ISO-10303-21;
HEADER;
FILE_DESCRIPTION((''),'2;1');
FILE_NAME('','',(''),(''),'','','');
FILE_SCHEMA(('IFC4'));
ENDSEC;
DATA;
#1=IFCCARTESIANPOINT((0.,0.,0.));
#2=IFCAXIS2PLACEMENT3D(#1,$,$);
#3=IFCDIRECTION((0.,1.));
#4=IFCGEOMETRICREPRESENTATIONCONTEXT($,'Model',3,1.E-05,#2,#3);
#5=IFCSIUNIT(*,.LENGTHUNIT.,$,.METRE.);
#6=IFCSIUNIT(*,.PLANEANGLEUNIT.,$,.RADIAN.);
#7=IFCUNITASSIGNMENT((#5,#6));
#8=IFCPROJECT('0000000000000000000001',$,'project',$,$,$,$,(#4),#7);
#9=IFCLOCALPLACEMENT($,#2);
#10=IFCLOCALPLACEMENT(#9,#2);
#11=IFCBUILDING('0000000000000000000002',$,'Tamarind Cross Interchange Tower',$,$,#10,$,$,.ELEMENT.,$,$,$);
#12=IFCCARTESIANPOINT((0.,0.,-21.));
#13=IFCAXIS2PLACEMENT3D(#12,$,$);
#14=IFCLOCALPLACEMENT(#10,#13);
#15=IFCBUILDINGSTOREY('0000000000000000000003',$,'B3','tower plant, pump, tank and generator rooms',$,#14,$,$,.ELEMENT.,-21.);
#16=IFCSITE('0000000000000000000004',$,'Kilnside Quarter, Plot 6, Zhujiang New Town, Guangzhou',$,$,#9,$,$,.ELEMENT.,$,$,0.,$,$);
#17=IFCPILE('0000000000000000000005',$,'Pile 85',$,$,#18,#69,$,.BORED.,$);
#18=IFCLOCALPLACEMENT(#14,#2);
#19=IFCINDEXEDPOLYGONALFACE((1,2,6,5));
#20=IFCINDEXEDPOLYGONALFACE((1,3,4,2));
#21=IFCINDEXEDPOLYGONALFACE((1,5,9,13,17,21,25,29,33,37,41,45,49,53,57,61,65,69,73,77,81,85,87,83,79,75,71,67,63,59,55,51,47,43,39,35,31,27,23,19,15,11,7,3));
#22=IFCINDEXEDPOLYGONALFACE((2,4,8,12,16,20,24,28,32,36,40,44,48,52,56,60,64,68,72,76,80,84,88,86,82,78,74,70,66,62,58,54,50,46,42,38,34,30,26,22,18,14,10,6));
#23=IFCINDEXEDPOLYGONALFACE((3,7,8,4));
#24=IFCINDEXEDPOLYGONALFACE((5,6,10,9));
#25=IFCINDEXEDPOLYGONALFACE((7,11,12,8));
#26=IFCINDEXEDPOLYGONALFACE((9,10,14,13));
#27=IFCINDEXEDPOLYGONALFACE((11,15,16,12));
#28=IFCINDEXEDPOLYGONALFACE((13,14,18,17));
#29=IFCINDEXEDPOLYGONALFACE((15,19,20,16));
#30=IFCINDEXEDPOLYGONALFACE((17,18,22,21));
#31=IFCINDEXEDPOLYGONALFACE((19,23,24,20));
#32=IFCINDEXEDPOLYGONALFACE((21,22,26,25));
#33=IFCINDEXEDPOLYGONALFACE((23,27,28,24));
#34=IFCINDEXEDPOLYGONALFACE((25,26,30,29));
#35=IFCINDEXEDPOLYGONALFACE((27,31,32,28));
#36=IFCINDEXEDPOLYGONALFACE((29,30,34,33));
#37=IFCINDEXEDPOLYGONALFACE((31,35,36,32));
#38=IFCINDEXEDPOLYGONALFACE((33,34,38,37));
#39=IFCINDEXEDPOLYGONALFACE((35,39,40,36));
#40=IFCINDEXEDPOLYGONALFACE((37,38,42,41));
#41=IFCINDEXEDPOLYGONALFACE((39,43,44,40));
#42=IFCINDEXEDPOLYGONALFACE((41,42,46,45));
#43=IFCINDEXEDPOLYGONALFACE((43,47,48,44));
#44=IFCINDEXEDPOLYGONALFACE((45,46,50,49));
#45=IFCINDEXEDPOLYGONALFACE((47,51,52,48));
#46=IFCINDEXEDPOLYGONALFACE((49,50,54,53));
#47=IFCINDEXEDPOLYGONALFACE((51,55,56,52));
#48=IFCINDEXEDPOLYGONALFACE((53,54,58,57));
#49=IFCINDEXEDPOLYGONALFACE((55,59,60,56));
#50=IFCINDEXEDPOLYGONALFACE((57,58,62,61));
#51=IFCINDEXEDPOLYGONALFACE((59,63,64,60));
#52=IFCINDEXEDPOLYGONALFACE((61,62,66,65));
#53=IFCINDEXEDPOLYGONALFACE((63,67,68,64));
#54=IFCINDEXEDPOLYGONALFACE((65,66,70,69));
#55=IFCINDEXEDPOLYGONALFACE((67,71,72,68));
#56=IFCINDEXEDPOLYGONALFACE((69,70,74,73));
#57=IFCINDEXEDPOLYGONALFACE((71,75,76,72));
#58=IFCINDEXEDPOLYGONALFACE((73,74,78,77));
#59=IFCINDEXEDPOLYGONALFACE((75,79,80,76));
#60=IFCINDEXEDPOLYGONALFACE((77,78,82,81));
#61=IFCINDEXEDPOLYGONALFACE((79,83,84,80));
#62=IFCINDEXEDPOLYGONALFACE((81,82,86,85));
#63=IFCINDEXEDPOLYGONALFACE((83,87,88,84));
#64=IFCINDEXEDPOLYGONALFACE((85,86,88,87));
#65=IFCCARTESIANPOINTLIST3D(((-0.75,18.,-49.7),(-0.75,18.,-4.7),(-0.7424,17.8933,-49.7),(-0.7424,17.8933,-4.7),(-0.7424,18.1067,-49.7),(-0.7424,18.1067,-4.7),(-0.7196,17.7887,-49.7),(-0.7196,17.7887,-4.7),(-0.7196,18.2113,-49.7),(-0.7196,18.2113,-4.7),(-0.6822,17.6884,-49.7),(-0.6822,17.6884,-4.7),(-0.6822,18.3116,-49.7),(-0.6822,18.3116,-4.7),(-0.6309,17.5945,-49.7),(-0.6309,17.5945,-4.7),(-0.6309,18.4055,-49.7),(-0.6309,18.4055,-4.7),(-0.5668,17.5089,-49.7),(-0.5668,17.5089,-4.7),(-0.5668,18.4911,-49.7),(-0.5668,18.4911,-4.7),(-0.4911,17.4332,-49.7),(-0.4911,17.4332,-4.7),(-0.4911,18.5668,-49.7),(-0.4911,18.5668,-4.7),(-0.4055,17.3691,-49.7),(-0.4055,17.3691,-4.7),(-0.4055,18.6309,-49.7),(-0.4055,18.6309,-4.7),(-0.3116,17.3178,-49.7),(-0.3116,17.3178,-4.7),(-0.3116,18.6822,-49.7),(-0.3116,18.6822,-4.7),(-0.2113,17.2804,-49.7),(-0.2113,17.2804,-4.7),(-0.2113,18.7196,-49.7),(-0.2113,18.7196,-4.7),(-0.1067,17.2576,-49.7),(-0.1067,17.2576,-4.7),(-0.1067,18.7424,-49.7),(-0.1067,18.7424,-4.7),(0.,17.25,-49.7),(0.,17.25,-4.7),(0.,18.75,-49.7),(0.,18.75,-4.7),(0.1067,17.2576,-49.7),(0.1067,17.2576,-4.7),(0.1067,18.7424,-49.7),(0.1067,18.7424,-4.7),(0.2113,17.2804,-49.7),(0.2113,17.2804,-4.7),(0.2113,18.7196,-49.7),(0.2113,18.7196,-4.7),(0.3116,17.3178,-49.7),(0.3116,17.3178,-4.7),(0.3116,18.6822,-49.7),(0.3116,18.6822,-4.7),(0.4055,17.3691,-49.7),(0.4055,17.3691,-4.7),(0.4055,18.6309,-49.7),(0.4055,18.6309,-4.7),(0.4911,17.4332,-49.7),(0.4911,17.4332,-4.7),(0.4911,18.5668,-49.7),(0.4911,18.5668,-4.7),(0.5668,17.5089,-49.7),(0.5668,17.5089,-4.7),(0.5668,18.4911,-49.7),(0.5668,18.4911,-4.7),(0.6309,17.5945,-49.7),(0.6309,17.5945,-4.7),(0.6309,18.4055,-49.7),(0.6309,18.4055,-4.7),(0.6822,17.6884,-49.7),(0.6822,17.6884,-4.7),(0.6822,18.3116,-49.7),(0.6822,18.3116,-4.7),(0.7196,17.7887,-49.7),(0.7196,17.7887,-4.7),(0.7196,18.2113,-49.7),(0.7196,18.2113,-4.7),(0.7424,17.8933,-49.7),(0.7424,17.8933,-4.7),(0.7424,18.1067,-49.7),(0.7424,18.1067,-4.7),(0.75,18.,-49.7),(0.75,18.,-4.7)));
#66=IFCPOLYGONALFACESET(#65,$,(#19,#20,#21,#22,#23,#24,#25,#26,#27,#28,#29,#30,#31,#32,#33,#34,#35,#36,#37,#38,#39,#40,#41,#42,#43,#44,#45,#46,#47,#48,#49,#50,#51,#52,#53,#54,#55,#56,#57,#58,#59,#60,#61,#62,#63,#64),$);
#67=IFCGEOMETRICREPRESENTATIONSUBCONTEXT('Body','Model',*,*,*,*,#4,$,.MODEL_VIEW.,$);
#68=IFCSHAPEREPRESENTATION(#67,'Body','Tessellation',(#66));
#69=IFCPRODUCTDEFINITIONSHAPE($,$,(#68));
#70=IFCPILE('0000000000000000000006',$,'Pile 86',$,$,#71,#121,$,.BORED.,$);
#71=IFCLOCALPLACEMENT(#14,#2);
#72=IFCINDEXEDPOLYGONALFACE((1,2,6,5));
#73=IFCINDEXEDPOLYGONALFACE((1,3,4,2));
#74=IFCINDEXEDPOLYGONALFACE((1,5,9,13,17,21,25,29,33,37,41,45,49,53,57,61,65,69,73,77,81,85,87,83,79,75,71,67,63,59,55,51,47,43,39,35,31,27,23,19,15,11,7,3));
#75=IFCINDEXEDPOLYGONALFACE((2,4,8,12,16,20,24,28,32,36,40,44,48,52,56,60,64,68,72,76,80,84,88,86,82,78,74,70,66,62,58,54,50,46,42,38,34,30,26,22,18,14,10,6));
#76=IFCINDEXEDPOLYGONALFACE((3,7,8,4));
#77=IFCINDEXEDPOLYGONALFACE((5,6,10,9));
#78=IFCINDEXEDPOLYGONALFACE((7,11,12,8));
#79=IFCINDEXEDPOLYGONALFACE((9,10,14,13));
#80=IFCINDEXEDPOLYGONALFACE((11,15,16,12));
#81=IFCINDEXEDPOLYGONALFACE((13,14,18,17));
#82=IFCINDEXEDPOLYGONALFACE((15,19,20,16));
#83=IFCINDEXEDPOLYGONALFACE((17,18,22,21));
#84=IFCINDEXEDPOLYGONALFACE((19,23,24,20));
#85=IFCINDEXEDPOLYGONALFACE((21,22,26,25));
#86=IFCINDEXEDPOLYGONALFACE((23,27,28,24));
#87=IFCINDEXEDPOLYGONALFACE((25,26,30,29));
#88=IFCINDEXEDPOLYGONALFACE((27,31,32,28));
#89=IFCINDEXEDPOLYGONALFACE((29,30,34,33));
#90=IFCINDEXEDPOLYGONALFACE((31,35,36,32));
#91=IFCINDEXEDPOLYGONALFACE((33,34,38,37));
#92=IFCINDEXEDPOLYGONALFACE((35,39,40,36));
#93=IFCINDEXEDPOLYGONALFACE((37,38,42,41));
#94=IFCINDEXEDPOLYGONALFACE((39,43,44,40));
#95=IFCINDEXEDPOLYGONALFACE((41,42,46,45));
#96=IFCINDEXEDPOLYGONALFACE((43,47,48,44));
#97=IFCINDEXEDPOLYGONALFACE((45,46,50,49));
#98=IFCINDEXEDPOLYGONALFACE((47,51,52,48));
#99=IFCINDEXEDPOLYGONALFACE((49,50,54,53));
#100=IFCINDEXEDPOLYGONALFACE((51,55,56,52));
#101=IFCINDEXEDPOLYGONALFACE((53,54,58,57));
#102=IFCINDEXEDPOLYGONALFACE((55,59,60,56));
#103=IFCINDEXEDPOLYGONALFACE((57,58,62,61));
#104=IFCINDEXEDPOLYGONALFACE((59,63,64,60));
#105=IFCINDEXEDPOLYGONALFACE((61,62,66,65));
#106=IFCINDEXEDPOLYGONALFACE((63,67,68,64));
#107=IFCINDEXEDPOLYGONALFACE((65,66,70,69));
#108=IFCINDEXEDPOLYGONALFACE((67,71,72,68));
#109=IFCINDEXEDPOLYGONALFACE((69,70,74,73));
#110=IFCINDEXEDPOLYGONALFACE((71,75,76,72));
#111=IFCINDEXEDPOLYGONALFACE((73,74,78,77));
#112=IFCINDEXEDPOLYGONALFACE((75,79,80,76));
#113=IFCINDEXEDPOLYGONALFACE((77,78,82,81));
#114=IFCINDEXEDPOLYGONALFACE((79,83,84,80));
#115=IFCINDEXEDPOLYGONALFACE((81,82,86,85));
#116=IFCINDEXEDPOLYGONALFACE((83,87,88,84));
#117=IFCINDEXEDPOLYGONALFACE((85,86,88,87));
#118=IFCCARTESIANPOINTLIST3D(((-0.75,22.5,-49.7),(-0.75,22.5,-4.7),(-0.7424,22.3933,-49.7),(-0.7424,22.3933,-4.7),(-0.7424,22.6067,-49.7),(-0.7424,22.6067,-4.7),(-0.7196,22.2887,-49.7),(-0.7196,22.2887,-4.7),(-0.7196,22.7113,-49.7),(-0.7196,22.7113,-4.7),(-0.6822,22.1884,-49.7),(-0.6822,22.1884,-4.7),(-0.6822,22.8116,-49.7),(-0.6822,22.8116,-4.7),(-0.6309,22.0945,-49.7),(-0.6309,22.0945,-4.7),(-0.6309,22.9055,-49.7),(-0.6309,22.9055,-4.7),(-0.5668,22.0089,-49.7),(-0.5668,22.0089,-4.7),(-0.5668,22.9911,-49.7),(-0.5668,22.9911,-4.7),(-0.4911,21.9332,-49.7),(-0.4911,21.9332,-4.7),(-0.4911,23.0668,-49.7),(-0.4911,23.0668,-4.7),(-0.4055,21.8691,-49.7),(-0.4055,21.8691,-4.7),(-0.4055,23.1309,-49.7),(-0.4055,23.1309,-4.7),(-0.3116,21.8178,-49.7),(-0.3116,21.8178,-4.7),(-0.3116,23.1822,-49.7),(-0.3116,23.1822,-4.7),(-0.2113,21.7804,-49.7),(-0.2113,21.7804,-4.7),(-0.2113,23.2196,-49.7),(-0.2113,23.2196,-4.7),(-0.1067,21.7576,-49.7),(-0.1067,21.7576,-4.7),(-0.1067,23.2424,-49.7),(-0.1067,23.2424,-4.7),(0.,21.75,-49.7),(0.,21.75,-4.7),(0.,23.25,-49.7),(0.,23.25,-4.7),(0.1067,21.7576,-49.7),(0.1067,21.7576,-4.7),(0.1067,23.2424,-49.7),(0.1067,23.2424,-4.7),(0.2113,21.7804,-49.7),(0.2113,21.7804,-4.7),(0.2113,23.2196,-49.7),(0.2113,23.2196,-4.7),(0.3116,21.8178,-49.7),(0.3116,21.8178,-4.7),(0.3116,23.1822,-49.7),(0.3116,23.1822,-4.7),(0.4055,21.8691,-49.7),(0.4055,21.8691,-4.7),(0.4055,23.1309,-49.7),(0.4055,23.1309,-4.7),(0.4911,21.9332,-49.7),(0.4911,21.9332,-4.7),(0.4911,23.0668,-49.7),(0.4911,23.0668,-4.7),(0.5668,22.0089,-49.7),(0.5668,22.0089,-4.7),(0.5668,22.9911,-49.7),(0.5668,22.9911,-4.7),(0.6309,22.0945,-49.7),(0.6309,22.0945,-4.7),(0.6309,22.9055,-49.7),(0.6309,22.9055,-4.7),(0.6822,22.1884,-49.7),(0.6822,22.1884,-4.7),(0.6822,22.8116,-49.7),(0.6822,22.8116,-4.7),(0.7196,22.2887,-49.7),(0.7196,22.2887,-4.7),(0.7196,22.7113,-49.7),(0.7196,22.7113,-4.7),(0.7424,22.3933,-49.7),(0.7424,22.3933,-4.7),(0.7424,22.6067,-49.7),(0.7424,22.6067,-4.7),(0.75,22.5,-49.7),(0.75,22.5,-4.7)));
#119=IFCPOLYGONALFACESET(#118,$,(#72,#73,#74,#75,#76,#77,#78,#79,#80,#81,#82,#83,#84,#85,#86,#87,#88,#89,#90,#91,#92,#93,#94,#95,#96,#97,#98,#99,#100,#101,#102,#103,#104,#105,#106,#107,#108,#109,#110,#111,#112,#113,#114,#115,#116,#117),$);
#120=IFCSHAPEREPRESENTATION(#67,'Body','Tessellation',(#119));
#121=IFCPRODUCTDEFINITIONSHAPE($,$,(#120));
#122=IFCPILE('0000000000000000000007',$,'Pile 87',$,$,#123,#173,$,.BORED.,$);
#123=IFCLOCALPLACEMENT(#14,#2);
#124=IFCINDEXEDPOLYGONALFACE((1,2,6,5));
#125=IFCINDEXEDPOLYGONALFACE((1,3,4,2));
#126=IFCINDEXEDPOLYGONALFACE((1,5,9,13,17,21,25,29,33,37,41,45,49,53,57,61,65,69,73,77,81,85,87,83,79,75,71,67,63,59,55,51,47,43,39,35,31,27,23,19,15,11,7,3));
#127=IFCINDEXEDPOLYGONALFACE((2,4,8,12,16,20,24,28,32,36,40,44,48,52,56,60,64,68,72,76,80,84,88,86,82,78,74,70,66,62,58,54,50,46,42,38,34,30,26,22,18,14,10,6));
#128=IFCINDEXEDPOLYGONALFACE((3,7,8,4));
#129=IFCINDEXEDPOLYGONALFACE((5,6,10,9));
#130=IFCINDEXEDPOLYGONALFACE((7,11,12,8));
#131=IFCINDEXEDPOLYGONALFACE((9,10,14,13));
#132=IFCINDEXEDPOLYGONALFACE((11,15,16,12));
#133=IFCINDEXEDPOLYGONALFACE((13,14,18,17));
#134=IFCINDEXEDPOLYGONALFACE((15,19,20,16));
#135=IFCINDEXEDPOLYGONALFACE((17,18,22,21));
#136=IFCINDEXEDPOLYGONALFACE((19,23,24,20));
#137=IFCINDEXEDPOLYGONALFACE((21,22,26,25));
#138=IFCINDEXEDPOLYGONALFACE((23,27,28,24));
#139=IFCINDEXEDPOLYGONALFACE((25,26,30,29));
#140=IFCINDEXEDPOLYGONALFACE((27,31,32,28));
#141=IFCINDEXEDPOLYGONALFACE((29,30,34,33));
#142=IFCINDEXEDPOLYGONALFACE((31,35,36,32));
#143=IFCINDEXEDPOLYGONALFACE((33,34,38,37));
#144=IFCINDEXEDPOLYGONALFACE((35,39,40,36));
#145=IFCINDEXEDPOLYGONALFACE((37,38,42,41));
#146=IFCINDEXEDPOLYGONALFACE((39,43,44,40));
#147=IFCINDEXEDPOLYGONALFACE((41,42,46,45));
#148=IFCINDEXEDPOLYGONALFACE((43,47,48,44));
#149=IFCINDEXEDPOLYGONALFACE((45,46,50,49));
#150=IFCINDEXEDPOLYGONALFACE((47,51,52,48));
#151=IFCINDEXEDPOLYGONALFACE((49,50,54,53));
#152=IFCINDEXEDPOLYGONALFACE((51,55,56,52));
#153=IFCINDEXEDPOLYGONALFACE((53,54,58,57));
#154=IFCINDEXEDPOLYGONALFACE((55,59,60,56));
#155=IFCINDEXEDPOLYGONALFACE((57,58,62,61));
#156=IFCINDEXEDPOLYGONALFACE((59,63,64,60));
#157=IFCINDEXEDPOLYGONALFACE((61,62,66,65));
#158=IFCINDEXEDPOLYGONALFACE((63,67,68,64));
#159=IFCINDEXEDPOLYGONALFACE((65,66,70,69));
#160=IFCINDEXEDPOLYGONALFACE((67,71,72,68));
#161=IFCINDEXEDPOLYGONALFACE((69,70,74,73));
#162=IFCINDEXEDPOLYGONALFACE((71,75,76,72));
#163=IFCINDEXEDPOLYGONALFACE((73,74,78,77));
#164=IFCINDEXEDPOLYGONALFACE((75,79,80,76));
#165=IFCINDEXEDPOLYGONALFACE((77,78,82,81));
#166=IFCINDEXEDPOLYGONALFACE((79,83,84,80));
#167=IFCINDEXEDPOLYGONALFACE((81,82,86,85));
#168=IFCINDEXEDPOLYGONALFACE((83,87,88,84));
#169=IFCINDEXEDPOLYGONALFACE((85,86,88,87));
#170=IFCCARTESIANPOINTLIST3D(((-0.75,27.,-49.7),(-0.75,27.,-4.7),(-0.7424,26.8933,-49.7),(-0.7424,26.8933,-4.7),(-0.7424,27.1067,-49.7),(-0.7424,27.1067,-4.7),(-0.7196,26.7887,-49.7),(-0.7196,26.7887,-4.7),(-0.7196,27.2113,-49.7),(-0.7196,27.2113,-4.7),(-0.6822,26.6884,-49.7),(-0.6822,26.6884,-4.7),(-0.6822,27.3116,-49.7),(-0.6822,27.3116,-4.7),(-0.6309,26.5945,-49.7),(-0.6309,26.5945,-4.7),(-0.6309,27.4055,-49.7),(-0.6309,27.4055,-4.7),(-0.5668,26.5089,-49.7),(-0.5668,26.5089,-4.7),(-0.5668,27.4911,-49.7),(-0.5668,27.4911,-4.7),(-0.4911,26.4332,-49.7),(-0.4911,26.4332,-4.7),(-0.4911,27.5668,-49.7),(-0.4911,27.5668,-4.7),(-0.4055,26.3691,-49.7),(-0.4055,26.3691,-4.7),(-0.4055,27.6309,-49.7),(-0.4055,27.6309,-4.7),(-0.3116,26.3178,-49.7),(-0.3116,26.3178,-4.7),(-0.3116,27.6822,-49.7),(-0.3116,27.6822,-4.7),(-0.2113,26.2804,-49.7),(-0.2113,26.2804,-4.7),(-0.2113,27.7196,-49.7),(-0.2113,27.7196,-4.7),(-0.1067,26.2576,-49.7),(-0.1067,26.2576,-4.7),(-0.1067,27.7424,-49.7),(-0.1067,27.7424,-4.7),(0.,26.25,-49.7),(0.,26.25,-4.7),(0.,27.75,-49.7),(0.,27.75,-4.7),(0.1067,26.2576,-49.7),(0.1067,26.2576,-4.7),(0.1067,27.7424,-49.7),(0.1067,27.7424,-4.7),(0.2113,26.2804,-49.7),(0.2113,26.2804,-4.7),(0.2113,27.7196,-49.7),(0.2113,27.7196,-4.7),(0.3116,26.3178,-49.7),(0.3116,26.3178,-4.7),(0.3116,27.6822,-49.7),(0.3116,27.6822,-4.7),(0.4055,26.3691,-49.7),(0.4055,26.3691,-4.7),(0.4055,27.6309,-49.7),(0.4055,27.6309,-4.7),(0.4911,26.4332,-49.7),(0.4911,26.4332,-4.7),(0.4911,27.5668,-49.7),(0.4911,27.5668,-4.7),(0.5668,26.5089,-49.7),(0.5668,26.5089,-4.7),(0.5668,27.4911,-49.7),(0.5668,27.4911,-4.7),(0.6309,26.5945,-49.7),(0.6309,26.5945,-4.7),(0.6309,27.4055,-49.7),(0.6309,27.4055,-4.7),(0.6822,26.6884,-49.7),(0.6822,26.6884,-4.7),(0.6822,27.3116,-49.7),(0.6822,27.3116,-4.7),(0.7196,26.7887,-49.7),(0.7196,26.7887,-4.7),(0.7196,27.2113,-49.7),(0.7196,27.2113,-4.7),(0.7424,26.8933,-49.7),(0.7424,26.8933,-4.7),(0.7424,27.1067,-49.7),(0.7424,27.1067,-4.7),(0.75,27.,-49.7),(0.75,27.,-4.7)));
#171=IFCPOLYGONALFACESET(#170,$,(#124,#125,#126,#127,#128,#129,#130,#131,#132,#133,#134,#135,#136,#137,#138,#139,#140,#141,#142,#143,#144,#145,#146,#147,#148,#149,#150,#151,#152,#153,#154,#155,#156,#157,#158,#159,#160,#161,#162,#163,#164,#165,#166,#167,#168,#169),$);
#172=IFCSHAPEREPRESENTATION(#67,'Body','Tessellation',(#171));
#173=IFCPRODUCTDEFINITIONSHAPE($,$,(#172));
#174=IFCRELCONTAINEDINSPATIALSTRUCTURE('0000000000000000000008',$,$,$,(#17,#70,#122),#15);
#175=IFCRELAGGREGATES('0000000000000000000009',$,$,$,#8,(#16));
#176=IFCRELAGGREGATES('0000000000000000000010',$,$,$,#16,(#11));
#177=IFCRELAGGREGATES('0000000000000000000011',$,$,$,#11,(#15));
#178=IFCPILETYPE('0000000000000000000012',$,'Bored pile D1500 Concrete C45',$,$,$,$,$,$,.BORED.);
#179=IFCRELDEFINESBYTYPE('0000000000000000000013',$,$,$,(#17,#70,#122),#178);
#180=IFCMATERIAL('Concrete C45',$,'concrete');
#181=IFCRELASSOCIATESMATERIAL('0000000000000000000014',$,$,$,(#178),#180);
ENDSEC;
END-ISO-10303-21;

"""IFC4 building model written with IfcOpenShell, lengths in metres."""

from ifc_helpers import new_model, si_unit, direction, frame, origin, origin_2d, place, context, subcontext, project, spatial, circle, extrude, material, material_profile, profile_set, type_object, element, save


model = new_model("IFC4")

# Units and contexts
model_context = context("Model", 3, precision=1e-05, world=origin(), true_north=direction((0.0, 1.0)))
body_context = subcontext(model_context, "Body", "Model", "MODEL_VIEW")
ifc_project = project(units=[si_unit("LENGTHUNIT", "METRE"), si_unit("PLANEANGLEUNIT", "RADIAN")], contexts=[model_context])

# Site, building, storey
site_placement = place(None, origin())
site = spatial("IfcSite", under=ifc_project, at=site_placement, Name="Kilnside Quarter, Plot 6, Zhujiang New Town, Guangzhou", CompositionType="ELEMENT", RefElevation=0.0)
building_placement = place(site_placement, origin())
building = spatial("IfcBuilding", under=site, at=building_placement, Name="Tamarind Cross Interchange Tower", CompositionType="ELEMENT")
storey_placement = place(building_placement, frame((0.0, 0.0, -21.0)))
storey = spatial("IfcBuildingStorey", under=building, at=storey_placement, Name="B3", Description="tower plant, pump, tank and generator rooms", CompositionType="ELEMENT", Elevation=-21.0)

# Piles
ifc_material_1 = material(Name="Concrete C45", Category="concrete")
ifc_material_profile_1 = material_profile(ifc_material_1, circle(Radius=0.75, at=origin_2d()), Name="RC D1500")
ifc_profile_set_1 = profile_set([ifc_material_profile_1], Name="Concrete C45")
pile_type = type_object("IfcPileType", Name="Bored pile D1500 Concrete C45", PredefinedType="BORED", material=ifc_profile_set_1)
for number, where, z_axis, x_axis, name in (
    (1, (0.0, 18.0, -4.7), (0.0, 0.0, -1.0), (1.0, 0.0, 0.0), "Pile 85"),
    (2, (0.0, 22.5, -4.7), (0.0, 0.0, -1.0), (1.0, 0.0, 0.0), "Pile 86"),
    (3, (0.0, 27.0, -4.7), (0.0, 0.0, -1.0), (1.0, 0.0, 0.0), "Pile 87"),
):
    element("IfcPile", number, at=place(storey_placement, frame(where, z_axis=z_axis, x_axis=x_axis)), inside=storey, type_object=pile_type, Name=name, PredefinedType="BORED", context=body_context, shape_type="SweptSolid", body=[
        extrude(circle(Radius=0.75, at=origin_2d()), origin(), (0.0, 0.0, 1.0), 45.0),
    ])

save(model, "model.ifc")
